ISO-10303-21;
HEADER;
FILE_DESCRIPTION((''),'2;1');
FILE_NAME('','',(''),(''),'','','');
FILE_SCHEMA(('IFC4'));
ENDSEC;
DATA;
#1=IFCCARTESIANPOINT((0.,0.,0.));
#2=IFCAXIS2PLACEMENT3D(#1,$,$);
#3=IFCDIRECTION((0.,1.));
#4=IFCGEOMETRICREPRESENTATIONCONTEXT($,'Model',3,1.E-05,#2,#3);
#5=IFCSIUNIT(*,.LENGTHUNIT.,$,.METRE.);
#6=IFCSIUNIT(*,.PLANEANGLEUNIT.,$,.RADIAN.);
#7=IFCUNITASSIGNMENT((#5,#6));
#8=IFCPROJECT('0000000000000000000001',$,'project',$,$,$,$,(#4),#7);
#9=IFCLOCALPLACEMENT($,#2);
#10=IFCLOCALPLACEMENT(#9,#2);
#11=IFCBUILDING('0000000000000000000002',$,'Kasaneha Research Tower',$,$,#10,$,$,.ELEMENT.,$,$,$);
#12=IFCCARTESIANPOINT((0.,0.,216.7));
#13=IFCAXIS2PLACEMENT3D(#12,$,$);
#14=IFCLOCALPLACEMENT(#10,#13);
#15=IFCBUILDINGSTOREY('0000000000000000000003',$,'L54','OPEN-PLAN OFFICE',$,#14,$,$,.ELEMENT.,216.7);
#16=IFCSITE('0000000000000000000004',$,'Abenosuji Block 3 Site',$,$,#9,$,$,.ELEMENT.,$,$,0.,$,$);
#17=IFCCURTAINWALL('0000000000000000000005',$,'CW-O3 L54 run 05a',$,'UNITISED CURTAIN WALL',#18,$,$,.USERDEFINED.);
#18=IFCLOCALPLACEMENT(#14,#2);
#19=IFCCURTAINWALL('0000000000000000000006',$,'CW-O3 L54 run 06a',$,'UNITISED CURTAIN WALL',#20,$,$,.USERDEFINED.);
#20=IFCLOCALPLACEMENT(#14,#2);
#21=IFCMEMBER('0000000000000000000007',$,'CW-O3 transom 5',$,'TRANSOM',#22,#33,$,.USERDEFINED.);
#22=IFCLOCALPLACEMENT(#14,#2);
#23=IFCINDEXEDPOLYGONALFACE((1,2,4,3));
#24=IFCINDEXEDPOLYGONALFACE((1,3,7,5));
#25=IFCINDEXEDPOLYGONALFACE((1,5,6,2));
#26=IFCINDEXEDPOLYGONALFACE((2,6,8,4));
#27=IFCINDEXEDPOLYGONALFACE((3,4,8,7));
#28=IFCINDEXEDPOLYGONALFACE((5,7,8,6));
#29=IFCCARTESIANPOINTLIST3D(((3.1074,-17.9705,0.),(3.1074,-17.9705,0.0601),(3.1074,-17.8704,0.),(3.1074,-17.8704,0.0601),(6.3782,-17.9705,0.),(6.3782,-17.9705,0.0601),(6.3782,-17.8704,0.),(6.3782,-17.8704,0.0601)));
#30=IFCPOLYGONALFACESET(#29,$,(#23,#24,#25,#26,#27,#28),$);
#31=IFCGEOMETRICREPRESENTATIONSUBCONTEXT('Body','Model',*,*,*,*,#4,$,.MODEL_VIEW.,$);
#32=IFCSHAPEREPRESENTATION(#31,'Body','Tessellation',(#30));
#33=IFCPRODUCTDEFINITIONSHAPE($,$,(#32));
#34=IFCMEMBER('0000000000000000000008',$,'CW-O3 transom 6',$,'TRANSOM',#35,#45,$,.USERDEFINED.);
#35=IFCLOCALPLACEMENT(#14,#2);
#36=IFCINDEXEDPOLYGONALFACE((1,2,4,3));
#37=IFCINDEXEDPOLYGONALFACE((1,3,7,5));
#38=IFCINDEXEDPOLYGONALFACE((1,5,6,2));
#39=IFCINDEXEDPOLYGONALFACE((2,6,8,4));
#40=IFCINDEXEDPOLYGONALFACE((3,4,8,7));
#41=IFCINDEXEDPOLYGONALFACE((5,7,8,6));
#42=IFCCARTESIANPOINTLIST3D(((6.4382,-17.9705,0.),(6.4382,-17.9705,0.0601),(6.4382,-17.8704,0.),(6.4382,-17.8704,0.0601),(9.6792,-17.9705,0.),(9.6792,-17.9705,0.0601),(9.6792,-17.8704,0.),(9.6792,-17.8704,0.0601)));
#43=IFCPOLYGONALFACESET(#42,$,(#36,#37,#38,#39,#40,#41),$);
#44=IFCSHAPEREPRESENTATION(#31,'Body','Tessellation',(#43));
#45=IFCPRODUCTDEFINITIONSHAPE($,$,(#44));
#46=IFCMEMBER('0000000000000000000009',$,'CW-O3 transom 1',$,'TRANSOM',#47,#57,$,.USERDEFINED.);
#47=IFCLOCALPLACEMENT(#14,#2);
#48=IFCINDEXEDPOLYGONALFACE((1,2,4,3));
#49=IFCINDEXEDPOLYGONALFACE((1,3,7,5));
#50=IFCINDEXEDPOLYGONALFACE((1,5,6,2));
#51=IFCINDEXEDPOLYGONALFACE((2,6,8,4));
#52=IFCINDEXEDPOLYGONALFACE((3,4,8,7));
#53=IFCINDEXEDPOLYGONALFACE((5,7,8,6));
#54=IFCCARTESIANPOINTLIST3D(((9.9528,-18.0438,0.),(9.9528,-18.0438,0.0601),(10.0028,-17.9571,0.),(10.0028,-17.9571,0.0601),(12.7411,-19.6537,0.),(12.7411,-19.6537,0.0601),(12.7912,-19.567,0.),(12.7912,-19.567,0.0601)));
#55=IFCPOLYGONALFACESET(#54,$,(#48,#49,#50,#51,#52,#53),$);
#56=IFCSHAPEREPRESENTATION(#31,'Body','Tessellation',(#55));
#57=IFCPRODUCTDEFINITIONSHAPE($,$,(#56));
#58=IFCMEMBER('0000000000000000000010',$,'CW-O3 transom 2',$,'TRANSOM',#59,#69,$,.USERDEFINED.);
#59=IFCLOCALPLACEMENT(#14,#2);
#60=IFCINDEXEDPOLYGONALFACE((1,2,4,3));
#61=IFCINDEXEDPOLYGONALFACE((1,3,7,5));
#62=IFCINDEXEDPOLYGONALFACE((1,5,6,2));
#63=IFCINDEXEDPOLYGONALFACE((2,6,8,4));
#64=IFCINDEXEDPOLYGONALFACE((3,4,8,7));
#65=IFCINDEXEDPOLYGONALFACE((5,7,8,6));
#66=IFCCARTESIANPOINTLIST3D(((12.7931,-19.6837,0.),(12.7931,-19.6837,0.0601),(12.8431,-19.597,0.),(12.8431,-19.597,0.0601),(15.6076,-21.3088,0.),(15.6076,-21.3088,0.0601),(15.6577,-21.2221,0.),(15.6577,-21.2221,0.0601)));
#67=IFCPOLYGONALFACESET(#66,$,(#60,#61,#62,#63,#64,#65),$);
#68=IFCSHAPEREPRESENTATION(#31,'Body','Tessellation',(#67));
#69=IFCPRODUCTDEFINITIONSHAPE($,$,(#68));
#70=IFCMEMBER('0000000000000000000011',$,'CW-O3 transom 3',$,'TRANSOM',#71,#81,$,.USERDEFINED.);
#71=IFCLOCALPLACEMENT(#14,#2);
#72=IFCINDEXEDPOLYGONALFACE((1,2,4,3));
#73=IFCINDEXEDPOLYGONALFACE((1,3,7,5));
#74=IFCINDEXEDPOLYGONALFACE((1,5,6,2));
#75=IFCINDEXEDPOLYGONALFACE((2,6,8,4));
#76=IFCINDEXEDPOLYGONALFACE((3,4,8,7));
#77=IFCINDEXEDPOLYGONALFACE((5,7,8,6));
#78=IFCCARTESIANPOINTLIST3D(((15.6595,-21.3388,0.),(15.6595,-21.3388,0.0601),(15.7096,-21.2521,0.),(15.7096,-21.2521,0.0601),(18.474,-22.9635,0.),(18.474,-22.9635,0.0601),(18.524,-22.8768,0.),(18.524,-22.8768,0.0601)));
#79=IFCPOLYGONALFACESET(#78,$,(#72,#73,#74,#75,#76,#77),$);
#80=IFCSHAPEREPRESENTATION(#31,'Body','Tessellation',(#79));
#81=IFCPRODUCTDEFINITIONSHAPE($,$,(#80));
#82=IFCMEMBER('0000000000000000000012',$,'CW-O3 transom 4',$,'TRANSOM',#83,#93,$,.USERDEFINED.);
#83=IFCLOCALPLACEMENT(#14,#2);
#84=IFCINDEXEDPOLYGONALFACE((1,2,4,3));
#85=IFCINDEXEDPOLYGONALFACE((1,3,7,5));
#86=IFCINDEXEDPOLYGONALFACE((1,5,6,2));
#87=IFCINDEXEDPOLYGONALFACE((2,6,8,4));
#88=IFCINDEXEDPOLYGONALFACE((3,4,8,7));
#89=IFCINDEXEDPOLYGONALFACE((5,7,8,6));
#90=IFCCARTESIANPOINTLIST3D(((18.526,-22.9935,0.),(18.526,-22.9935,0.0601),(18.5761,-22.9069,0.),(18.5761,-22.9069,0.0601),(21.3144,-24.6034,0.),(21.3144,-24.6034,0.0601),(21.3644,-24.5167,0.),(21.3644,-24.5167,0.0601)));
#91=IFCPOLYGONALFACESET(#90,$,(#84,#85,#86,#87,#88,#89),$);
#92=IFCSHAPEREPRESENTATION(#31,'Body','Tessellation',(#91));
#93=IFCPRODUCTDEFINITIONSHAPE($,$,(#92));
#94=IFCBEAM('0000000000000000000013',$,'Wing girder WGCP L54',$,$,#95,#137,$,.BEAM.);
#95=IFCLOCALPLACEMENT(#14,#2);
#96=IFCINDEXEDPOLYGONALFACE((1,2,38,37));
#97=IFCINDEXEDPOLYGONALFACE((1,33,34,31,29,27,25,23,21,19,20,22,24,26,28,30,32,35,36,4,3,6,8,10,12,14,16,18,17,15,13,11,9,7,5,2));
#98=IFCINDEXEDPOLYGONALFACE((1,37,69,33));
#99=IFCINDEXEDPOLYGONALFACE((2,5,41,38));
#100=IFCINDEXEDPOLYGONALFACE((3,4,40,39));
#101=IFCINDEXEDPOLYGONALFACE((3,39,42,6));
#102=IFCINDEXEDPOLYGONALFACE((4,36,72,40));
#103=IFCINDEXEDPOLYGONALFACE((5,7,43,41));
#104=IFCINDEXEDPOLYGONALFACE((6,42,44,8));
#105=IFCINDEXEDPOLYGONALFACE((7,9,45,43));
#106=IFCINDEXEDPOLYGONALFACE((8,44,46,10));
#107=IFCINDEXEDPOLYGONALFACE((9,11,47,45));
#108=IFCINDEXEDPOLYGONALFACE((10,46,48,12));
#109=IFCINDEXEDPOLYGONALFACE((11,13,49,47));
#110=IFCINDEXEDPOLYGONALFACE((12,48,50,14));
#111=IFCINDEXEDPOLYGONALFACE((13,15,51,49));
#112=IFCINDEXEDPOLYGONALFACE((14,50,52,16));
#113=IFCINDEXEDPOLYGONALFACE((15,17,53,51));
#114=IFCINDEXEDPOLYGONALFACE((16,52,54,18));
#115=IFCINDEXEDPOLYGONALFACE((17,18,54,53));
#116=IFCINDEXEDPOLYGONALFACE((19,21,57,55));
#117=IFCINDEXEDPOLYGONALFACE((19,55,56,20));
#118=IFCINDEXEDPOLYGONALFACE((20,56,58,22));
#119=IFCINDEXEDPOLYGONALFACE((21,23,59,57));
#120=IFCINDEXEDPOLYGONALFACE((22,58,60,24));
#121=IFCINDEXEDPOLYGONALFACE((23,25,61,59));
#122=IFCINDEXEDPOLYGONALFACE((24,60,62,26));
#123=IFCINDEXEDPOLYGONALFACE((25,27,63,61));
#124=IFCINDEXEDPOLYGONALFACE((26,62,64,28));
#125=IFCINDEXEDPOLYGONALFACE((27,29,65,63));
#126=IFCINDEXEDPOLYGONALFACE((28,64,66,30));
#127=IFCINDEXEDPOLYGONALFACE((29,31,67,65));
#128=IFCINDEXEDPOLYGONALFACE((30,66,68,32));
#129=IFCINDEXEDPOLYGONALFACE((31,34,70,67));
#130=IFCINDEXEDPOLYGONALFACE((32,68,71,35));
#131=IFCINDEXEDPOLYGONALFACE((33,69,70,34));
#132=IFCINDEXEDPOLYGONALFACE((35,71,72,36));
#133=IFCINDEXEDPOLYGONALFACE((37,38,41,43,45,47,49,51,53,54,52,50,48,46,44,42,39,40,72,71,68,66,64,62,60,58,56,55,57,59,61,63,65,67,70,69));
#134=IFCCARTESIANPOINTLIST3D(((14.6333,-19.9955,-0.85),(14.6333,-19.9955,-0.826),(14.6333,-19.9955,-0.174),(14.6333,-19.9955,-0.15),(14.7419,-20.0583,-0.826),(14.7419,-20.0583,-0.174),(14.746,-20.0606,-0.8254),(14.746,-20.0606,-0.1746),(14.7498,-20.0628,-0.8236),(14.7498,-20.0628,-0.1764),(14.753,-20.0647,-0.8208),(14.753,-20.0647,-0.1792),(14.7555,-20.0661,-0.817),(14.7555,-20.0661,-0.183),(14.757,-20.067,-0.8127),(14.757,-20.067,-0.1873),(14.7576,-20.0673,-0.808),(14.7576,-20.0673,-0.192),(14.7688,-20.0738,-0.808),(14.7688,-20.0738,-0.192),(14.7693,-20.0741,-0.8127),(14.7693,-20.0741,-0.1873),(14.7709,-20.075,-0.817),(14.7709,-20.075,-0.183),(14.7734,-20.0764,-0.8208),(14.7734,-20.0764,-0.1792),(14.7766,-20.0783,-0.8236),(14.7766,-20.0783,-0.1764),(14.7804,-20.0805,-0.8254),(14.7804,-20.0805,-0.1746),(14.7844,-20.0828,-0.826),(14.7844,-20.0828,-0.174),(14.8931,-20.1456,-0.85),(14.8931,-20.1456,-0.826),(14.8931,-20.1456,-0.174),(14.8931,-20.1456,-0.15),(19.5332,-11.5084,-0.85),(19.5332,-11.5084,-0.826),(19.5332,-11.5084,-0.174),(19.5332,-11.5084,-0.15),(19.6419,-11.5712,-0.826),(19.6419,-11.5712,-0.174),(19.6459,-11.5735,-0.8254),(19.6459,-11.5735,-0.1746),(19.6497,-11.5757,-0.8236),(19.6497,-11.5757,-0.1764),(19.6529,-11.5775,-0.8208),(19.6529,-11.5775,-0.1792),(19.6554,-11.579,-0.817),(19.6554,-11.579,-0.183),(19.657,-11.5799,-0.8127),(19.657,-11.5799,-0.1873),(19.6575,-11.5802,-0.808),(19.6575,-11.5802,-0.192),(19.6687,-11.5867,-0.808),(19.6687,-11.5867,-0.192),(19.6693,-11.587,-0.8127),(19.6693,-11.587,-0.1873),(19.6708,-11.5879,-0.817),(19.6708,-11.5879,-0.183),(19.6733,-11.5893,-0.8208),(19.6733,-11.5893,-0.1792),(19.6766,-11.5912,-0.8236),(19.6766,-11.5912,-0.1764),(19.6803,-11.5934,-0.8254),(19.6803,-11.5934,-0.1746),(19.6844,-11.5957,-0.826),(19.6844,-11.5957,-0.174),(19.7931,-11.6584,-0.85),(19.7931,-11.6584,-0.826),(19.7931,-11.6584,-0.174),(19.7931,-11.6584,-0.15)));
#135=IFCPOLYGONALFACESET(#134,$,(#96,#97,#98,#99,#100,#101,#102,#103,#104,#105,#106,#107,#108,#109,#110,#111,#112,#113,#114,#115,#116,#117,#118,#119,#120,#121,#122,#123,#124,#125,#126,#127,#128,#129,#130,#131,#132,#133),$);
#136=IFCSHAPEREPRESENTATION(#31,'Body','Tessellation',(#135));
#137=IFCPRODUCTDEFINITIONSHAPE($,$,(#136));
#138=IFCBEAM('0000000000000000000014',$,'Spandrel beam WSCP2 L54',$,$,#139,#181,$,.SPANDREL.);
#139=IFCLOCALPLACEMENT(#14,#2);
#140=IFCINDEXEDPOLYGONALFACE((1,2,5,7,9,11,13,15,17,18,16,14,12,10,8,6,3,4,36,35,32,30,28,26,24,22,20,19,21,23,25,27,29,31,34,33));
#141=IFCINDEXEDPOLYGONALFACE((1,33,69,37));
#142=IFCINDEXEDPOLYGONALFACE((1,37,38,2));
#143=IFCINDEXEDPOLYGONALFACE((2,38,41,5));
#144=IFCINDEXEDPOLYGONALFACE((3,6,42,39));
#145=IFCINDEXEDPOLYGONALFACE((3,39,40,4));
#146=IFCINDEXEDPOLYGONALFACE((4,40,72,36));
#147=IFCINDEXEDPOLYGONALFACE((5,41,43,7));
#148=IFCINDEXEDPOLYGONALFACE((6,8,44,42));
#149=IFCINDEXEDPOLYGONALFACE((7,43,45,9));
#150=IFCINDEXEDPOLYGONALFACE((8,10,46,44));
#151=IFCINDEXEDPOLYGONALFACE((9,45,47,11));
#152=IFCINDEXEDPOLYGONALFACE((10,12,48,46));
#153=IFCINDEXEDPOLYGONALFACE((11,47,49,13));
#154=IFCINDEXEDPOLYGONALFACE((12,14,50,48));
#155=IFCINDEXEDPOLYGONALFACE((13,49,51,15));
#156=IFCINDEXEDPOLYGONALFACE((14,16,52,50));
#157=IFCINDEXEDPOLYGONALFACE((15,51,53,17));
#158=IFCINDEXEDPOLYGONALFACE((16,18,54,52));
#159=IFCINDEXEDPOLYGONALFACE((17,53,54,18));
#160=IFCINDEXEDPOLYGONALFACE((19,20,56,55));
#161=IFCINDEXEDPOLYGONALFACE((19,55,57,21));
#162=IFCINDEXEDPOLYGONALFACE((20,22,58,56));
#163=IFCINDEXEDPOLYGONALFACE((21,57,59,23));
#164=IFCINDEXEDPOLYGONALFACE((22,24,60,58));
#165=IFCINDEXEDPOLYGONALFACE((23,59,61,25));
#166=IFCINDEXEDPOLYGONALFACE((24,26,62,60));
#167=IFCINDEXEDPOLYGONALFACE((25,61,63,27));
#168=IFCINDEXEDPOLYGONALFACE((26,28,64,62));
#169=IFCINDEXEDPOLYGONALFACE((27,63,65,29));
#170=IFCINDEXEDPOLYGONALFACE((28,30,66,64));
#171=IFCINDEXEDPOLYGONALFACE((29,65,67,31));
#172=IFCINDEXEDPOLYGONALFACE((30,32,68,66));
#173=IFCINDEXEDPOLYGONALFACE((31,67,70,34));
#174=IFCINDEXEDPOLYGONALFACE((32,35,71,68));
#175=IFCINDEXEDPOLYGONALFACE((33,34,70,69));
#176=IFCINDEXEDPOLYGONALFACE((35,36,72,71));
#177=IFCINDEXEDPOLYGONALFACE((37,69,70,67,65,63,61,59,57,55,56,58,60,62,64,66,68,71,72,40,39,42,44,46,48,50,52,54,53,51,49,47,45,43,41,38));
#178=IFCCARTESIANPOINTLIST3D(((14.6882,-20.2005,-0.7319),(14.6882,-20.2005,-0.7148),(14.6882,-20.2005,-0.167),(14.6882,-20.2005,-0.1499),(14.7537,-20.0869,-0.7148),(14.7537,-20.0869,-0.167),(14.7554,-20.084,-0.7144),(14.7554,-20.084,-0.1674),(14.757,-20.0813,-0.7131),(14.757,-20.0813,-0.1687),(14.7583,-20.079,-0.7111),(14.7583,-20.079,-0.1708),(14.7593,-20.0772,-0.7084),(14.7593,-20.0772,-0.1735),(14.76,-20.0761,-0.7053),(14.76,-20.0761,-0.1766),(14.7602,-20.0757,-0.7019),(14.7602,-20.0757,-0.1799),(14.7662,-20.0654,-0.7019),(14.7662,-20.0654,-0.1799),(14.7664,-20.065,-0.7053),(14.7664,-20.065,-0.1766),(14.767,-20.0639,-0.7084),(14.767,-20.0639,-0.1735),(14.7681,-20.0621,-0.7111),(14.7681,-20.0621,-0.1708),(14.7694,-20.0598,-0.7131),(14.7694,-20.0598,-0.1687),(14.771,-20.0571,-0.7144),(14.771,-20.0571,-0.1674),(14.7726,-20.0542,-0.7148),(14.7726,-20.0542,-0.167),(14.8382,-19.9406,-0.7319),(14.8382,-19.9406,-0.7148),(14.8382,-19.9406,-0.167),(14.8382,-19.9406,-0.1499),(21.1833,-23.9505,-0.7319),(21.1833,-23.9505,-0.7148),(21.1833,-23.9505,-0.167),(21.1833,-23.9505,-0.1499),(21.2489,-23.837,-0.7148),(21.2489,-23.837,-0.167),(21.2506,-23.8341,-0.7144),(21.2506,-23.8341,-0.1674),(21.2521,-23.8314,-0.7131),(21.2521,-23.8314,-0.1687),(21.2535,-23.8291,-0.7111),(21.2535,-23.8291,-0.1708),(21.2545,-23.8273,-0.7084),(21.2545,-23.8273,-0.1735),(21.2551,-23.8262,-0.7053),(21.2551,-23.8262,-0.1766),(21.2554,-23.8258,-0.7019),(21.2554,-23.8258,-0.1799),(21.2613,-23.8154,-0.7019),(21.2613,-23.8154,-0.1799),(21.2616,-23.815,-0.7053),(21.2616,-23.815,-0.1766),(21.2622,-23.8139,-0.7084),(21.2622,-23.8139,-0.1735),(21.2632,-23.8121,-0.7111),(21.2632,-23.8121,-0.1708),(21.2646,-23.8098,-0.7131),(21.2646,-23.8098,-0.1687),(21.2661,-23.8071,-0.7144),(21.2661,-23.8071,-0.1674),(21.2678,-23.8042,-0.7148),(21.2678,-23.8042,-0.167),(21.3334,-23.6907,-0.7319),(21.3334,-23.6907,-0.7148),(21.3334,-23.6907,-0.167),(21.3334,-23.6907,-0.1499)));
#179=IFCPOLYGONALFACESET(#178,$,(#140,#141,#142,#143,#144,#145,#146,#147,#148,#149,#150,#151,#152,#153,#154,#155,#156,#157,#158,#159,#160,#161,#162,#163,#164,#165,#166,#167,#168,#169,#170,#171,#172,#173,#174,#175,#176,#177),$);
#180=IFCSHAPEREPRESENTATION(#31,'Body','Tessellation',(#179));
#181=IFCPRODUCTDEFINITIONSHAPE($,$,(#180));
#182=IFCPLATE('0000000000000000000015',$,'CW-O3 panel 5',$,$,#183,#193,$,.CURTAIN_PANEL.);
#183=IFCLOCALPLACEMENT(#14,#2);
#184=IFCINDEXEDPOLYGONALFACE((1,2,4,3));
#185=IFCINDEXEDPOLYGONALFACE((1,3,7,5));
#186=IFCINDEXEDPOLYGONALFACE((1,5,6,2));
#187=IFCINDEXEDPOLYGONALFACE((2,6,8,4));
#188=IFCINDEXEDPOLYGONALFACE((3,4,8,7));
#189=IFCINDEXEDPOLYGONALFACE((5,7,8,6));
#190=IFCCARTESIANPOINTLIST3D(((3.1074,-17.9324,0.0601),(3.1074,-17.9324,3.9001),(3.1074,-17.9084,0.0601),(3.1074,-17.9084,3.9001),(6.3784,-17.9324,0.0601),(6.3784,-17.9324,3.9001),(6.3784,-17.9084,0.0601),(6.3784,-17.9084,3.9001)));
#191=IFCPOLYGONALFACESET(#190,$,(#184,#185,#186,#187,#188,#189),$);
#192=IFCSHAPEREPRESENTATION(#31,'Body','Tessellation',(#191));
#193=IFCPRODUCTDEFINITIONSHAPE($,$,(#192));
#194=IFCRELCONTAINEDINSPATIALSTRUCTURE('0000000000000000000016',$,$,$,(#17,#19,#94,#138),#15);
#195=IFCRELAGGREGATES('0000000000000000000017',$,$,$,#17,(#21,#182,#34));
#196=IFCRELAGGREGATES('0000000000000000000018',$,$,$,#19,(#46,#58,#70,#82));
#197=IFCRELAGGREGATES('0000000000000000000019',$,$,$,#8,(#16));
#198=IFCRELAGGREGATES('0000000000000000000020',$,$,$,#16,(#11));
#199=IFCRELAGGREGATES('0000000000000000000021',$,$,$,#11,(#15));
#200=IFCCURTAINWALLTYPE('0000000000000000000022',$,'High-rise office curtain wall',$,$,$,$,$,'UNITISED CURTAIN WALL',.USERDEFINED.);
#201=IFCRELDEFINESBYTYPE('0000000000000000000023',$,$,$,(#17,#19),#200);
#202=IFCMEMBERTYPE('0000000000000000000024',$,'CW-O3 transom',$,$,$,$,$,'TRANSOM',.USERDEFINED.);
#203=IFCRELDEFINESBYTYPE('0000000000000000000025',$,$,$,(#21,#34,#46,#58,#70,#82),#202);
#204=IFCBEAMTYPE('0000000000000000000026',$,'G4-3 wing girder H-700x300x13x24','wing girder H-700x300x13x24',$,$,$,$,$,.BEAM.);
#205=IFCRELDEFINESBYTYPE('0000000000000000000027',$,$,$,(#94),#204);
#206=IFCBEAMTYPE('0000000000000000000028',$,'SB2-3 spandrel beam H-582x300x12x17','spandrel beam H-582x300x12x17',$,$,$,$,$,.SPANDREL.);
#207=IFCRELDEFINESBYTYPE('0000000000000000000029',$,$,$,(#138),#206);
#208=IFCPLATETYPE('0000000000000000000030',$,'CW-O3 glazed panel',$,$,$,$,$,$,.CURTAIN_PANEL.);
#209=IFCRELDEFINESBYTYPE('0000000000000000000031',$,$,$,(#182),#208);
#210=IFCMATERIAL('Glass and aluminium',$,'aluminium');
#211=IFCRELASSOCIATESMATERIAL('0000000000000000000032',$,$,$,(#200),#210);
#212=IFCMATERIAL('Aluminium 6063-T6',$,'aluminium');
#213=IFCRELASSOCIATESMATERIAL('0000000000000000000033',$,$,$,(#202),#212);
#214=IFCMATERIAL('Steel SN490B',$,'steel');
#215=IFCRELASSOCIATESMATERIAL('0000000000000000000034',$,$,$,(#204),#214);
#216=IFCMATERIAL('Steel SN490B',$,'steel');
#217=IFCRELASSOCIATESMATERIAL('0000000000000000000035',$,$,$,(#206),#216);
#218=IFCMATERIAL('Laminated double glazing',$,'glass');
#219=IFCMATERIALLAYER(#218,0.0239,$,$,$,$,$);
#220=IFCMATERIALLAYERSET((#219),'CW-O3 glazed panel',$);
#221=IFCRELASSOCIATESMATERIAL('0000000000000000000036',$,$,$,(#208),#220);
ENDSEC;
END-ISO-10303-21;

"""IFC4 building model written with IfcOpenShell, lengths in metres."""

from ifc_helpers import new_model, si_unit, direction, frame, origin, origin_2d, place, context, subcontext, project, spatial, rectangle, i_section, extrude, material, layer, layer_set, material_profile, profile_set, type_object, element, aggregate, save


model = new_model("IFC4")

# Units and contexts
model_context = context("Model", 3, precision=1e-05, world=origin(), true_north=direction((0.0, 1.0)))
body_context = subcontext(model_context, "Body", "Model", "MODEL_VIEW")
ifc_project = project(units=[si_unit("LENGTHUNIT", "METRE"), si_unit("PLANEANGLEUNIT", "RADIAN")], contexts=[model_context])

# Site, building, storey
site_placement = place(None, origin())
site = spatial("IfcSite", under=ifc_project, at=site_placement, Name="Abenosuji Block 3 Site", CompositionType="ELEMENT", RefElevation=0.0)
building_placement = place(site_placement, origin())
building = spatial("IfcBuilding", under=site, at=building_placement, Name="Kasaneha Research Tower", CompositionType="ELEMENT")
storey_placement = place(building_placement, frame((0.0, 0.0, 216.7)))
storey = spatial("IfcBuildingStorey", under=building, at=storey_placement, Name="L54", Description="OPEN-PLAN OFFICE", CompositionType="ELEMENT", Elevation=216.7)

# Curtain walls
ifc_material_1 = material(Name="Glass and aluminium", Category="aluminium")
curtain_wall_type = type_object("IfcCurtainWallType", Name="High-rise office curtain wall", ElementType="UNITISED CURTAIN WALL", PredefinedType="USERDEFINED", material=ifc_material_1)
curtain_wall_1_placement = place(storey_placement, origin())
curtain_wall_1 = element("IfcCurtainWall", 1, at=curtain_wall_1_placement, inside=storey, type_object=curtain_wall_type, Name="CW-O3 L54 run 05a", ObjectType="UNITISED CURTAIN WALL", PredefinedType="USERDEFINED")
curtain_wall_2_placement = place(storey_placement, origin())
curtain_wall_2 = element("IfcCurtainWall", 2, at=curtain_wall_2_placement, inside=storey, type_object=curtain_wall_type, Name="CW-O3 L54 run 06a", ObjectType="UNITISED CURTAIN WALL", PredefinedType="USERDEFINED")

# Members
ifc_material_2 = material(Name="Aluminium 6063-T6", Category="aluminium")
ifc_material_profile_1 = material_profile(ifc_material_2, rectangle(XDim=0.1001, YDim=0.0601, at=origin_2d()), Name="CW-O3 transom 100x60")
ifc_profile_set_1 = profile_set([ifc_material_profile_1], Name="Aluminium 6063-T6")
member_type_1 = type_object("IfcMemberType", Name="CW-O3 transom", ElementType="TRANSOM", PredefinedType="USERDEFINED", material=ifc_profile_set_1)
member_1_placement = place(storey_placement, frame((3.1074, -17.9204, 0.03), z_axis=(1.0, 0.0, 0.0), x_axis=(0.0, 1.0, 0.0)))
member_1 = element("IfcMember", 3, at=member_1_placement, type_object=member_type_1, Name="CW-O3 transom 5", ObjectType="TRANSOM", PredefinedType="USERDEFINED", context=body_context, shape_type="SweptSolid", body=[
    extrude(rectangle(XDim=0.1001, YDim=0.0601, at=origin_2d()), origin(), (0.0, 0.0, 1.0), 3.2708),
])
member_2_placement = place(storey_placement, frame((6.4382, -17.9204, 0.03), z_axis=(1.0, 0.0, 0.0), x_axis=(0.0, 1.0, 0.0)))
member_2 = element("IfcMember", 4, at=member_2_placement, type_object=member_type_1, Name="CW-O3 transom 6", ObjectType="TRANSOM", PredefinedType="USERDEFINED", context=body_context, shape_type="SweptSolid", body=[
    extrude(rectangle(XDim=0.1001, YDim=0.0601, at=origin_2d()), origin(), (0.0, 0.0, 1.0), 3.241),
])
member_3_placement = place(storey_placement, frame((9.9778, -18.0005, 0.03), z_axis=(0.866023, -0.500005, 0.0), x_axis=(0.500005, 0.866023, 0.0)))
member_3 = element("IfcMember", 5, at=member_3_placement, type_object=member_type_1, Name="CW-O3 transom 1", ObjectType="TRANSOM", PredefinedType="USERDEFINED", context=body_context, shape_type="SweptSolid", body=[
    extrude(rectangle(XDim=0.1001, YDim=0.0601, at=origin_2d()), origin(), (0.0, 0.0, 1.0), 3.2197),
])
member_4_placement = place(storey_placement, frame((12.8181, -19.6404, 0.03), z_axis=(0.866015, -0.500017, 0.0), x_axis=(0.500017, 0.866015, 0.0)))
member_4 = element("IfcMember", 6, at=member_4_placement, type_object=member_type_1, Name="CW-O3 transom 2", ObjectType="TRANSOM", PredefinedType="USERDEFINED", context=body_context, shape_type="SweptSolid", body=[
    extrude(rectangle(XDim=0.1001, YDim=0.0601, at=origin_2d()), origin(), (0.0, 0.0, 1.0), 3.25),
])
member_5_placement = place(storey_placement, frame((15.6846, -21.2954, 0.03), z_axis=(0.866048, -0.499961, 0.0), x_axis=(0.499961, 0.866048, 0.0)))
member_5 = element("IfcMember", 7, at=member_5_placement, type_object=member_type_1, Name="CW-O3 transom 3", ObjectType="TRANSOM", PredefinedType="USERDEFINED", context=body_context, shape_type="SweptSolid", body=[
    extrude(rectangle(XDim=0.1001, YDim=0.0601, at=origin_2d()), origin(), (0.0, 0.0, 1.0), 3.2498),
])
member_6_placement = place(storey_placement, frame((18.551, -22.9502, 0.03), z_axis=(0.866023, -0.500005, 0.0), x_axis=(0.500005, 0.866023, 0.0)))
member_6 = element("IfcMember", 8, at=member_6_placement, type_object=member_type_1, Name="CW-O3 transom 4", ObjectType="TRANSOM", PredefinedType="USERDEFINED", context=body_context, shape_type="SweptSolid", body=[
    extrude(rectangle(XDim=0.1001, YDim=0.0601, at=origin_2d()), origin(), (0.0, 0.0, 1.0), 3.2197),
])

# Beams
ifc_material_3 = material(Name="Steel SN490B", Category="steel")
ifc_material_profile_2 = material_profile(ifc_material_3, i_section(OverallWidth=0.3, OverallDepth=0.7, WebThickness=0.0129, FlangeThickness=0.0239, FilletRadius=0.0181, at=origin_2d()), Name="H-700x300x13x24")
ifc_profile_set_2 = profile_set([ifc_material_profile_2], Name="Steel SN490B")
beam_type_1 = type_object("IfcBeamType", Name="G4-3 wing girder H-700x300x13x24", Description="wing girder H-700x300x13x24", PredefinedType="BEAM", material=ifc_profile_set_2)
beam_1_placement = place(storey_placement, frame((14.7632, -20.0706, -0.5), z_axis=(0.499992, 0.86603, 0.0), x_axis=(-0.86603, 0.499992, 0.0)))
element("IfcBeam", 9, at=beam_1_placement, inside=storey, type_object=beam_type_1, Name="Wing girder WGCP L54", PredefinedType="BEAM", context=body_context, shape_type="SweptSolid", body=[
    extrude(i_section(OverallWidth=0.3, OverallDepth=0.7, WebThickness=0.0129, FlangeThickness=0.0239, FilletRadius=0.0181, at=origin_2d()), origin(), (0.0, 0.0, 1.0), 9.8),
])
ifc_material_4 = material(Name="Steel SN490B", Category="steel")
ifc_material_profile_3 = material_profile(ifc_material_4, i_section(OverallWidth=0.3, OverallDepth=0.582, WebThickness=0.012, FlangeThickness=0.0171, FilletRadius=0.0129, at=origin_2d()), Name="H-582x300x12x17")
ifc_profile_set_3 = profile_set([ifc_material_profile_3], Name="Steel SN490B")
beam_type_2 = type_object("IfcBeamType", Name="SB2-3 spandrel beam H-582x300x12x17", Description="spandrel beam H-582x300x12x17", PredefinedType="SPANDREL", material=ifc_profile_set_3)
beam_2_placement = place(storey_placement, frame((14.7632, -20.0706, -0.4409), z_axis=(0.866023, -0.500004, 0.0), x_axis=(0.500004, 0.866023, 0.0)))
element("IfcBeam", 10, at=beam_2_placement, inside=storey, type_object=beam_type_2, Name="Spandrel beam WSCP2 L54", PredefinedType="SPANDREL", context=body_context, shape_type="SweptSolid", body=[
    extrude(i_section(OverallWidth=0.3, OverallDepth=0.582, WebThickness=0.012, FlangeThickness=0.0171, FilletRadius=0.0129, at=origin_2d()), origin(), (0.0, 0.0, 1.0), 7.5),
])

# Plate
ifc_material_5 = material(Name="Laminated double glazing", Category="glass")
ifc_layer_1 = layer(ifc_material_5, 0.0239)
ifc_layer_set_1 = layer_set([ifc_layer_1], Name="CW-O3 glazed panel")
plate_type = type_object("IfcPlateType", Name="CW-O3 glazed panel", PredefinedType="CURTAIN_PANEL", material=ifc_layer_set_1)
plate_1_placement = place(storey_placement, frame((4.7429, -17.9204, 0.0601), z_axis=(0.0, 0.0, 1.0), x_axis=(1.0, 0.0, 0.0)))
plate_1 = element("IfcPlate", 11, at=plate_1_placement, type_object=plate_type, Name="CW-O3 panel 5", PredefinedType="CURTAIN_PANEL", context=body_context, shape_type="SweptSolid", body=[
    extrude(rectangle(XDim=3.271, YDim=0.0239, at=origin_2d()), origin(), (0.0, 0.0, 1.0), 3.8401),
])
aggregate(curtain_wall_1, [member_1, plate_1, member_2])
aggregate(curtain_wall_2, [member_3, member_4, member_5, member_6])

save(model, "model.ifc")
